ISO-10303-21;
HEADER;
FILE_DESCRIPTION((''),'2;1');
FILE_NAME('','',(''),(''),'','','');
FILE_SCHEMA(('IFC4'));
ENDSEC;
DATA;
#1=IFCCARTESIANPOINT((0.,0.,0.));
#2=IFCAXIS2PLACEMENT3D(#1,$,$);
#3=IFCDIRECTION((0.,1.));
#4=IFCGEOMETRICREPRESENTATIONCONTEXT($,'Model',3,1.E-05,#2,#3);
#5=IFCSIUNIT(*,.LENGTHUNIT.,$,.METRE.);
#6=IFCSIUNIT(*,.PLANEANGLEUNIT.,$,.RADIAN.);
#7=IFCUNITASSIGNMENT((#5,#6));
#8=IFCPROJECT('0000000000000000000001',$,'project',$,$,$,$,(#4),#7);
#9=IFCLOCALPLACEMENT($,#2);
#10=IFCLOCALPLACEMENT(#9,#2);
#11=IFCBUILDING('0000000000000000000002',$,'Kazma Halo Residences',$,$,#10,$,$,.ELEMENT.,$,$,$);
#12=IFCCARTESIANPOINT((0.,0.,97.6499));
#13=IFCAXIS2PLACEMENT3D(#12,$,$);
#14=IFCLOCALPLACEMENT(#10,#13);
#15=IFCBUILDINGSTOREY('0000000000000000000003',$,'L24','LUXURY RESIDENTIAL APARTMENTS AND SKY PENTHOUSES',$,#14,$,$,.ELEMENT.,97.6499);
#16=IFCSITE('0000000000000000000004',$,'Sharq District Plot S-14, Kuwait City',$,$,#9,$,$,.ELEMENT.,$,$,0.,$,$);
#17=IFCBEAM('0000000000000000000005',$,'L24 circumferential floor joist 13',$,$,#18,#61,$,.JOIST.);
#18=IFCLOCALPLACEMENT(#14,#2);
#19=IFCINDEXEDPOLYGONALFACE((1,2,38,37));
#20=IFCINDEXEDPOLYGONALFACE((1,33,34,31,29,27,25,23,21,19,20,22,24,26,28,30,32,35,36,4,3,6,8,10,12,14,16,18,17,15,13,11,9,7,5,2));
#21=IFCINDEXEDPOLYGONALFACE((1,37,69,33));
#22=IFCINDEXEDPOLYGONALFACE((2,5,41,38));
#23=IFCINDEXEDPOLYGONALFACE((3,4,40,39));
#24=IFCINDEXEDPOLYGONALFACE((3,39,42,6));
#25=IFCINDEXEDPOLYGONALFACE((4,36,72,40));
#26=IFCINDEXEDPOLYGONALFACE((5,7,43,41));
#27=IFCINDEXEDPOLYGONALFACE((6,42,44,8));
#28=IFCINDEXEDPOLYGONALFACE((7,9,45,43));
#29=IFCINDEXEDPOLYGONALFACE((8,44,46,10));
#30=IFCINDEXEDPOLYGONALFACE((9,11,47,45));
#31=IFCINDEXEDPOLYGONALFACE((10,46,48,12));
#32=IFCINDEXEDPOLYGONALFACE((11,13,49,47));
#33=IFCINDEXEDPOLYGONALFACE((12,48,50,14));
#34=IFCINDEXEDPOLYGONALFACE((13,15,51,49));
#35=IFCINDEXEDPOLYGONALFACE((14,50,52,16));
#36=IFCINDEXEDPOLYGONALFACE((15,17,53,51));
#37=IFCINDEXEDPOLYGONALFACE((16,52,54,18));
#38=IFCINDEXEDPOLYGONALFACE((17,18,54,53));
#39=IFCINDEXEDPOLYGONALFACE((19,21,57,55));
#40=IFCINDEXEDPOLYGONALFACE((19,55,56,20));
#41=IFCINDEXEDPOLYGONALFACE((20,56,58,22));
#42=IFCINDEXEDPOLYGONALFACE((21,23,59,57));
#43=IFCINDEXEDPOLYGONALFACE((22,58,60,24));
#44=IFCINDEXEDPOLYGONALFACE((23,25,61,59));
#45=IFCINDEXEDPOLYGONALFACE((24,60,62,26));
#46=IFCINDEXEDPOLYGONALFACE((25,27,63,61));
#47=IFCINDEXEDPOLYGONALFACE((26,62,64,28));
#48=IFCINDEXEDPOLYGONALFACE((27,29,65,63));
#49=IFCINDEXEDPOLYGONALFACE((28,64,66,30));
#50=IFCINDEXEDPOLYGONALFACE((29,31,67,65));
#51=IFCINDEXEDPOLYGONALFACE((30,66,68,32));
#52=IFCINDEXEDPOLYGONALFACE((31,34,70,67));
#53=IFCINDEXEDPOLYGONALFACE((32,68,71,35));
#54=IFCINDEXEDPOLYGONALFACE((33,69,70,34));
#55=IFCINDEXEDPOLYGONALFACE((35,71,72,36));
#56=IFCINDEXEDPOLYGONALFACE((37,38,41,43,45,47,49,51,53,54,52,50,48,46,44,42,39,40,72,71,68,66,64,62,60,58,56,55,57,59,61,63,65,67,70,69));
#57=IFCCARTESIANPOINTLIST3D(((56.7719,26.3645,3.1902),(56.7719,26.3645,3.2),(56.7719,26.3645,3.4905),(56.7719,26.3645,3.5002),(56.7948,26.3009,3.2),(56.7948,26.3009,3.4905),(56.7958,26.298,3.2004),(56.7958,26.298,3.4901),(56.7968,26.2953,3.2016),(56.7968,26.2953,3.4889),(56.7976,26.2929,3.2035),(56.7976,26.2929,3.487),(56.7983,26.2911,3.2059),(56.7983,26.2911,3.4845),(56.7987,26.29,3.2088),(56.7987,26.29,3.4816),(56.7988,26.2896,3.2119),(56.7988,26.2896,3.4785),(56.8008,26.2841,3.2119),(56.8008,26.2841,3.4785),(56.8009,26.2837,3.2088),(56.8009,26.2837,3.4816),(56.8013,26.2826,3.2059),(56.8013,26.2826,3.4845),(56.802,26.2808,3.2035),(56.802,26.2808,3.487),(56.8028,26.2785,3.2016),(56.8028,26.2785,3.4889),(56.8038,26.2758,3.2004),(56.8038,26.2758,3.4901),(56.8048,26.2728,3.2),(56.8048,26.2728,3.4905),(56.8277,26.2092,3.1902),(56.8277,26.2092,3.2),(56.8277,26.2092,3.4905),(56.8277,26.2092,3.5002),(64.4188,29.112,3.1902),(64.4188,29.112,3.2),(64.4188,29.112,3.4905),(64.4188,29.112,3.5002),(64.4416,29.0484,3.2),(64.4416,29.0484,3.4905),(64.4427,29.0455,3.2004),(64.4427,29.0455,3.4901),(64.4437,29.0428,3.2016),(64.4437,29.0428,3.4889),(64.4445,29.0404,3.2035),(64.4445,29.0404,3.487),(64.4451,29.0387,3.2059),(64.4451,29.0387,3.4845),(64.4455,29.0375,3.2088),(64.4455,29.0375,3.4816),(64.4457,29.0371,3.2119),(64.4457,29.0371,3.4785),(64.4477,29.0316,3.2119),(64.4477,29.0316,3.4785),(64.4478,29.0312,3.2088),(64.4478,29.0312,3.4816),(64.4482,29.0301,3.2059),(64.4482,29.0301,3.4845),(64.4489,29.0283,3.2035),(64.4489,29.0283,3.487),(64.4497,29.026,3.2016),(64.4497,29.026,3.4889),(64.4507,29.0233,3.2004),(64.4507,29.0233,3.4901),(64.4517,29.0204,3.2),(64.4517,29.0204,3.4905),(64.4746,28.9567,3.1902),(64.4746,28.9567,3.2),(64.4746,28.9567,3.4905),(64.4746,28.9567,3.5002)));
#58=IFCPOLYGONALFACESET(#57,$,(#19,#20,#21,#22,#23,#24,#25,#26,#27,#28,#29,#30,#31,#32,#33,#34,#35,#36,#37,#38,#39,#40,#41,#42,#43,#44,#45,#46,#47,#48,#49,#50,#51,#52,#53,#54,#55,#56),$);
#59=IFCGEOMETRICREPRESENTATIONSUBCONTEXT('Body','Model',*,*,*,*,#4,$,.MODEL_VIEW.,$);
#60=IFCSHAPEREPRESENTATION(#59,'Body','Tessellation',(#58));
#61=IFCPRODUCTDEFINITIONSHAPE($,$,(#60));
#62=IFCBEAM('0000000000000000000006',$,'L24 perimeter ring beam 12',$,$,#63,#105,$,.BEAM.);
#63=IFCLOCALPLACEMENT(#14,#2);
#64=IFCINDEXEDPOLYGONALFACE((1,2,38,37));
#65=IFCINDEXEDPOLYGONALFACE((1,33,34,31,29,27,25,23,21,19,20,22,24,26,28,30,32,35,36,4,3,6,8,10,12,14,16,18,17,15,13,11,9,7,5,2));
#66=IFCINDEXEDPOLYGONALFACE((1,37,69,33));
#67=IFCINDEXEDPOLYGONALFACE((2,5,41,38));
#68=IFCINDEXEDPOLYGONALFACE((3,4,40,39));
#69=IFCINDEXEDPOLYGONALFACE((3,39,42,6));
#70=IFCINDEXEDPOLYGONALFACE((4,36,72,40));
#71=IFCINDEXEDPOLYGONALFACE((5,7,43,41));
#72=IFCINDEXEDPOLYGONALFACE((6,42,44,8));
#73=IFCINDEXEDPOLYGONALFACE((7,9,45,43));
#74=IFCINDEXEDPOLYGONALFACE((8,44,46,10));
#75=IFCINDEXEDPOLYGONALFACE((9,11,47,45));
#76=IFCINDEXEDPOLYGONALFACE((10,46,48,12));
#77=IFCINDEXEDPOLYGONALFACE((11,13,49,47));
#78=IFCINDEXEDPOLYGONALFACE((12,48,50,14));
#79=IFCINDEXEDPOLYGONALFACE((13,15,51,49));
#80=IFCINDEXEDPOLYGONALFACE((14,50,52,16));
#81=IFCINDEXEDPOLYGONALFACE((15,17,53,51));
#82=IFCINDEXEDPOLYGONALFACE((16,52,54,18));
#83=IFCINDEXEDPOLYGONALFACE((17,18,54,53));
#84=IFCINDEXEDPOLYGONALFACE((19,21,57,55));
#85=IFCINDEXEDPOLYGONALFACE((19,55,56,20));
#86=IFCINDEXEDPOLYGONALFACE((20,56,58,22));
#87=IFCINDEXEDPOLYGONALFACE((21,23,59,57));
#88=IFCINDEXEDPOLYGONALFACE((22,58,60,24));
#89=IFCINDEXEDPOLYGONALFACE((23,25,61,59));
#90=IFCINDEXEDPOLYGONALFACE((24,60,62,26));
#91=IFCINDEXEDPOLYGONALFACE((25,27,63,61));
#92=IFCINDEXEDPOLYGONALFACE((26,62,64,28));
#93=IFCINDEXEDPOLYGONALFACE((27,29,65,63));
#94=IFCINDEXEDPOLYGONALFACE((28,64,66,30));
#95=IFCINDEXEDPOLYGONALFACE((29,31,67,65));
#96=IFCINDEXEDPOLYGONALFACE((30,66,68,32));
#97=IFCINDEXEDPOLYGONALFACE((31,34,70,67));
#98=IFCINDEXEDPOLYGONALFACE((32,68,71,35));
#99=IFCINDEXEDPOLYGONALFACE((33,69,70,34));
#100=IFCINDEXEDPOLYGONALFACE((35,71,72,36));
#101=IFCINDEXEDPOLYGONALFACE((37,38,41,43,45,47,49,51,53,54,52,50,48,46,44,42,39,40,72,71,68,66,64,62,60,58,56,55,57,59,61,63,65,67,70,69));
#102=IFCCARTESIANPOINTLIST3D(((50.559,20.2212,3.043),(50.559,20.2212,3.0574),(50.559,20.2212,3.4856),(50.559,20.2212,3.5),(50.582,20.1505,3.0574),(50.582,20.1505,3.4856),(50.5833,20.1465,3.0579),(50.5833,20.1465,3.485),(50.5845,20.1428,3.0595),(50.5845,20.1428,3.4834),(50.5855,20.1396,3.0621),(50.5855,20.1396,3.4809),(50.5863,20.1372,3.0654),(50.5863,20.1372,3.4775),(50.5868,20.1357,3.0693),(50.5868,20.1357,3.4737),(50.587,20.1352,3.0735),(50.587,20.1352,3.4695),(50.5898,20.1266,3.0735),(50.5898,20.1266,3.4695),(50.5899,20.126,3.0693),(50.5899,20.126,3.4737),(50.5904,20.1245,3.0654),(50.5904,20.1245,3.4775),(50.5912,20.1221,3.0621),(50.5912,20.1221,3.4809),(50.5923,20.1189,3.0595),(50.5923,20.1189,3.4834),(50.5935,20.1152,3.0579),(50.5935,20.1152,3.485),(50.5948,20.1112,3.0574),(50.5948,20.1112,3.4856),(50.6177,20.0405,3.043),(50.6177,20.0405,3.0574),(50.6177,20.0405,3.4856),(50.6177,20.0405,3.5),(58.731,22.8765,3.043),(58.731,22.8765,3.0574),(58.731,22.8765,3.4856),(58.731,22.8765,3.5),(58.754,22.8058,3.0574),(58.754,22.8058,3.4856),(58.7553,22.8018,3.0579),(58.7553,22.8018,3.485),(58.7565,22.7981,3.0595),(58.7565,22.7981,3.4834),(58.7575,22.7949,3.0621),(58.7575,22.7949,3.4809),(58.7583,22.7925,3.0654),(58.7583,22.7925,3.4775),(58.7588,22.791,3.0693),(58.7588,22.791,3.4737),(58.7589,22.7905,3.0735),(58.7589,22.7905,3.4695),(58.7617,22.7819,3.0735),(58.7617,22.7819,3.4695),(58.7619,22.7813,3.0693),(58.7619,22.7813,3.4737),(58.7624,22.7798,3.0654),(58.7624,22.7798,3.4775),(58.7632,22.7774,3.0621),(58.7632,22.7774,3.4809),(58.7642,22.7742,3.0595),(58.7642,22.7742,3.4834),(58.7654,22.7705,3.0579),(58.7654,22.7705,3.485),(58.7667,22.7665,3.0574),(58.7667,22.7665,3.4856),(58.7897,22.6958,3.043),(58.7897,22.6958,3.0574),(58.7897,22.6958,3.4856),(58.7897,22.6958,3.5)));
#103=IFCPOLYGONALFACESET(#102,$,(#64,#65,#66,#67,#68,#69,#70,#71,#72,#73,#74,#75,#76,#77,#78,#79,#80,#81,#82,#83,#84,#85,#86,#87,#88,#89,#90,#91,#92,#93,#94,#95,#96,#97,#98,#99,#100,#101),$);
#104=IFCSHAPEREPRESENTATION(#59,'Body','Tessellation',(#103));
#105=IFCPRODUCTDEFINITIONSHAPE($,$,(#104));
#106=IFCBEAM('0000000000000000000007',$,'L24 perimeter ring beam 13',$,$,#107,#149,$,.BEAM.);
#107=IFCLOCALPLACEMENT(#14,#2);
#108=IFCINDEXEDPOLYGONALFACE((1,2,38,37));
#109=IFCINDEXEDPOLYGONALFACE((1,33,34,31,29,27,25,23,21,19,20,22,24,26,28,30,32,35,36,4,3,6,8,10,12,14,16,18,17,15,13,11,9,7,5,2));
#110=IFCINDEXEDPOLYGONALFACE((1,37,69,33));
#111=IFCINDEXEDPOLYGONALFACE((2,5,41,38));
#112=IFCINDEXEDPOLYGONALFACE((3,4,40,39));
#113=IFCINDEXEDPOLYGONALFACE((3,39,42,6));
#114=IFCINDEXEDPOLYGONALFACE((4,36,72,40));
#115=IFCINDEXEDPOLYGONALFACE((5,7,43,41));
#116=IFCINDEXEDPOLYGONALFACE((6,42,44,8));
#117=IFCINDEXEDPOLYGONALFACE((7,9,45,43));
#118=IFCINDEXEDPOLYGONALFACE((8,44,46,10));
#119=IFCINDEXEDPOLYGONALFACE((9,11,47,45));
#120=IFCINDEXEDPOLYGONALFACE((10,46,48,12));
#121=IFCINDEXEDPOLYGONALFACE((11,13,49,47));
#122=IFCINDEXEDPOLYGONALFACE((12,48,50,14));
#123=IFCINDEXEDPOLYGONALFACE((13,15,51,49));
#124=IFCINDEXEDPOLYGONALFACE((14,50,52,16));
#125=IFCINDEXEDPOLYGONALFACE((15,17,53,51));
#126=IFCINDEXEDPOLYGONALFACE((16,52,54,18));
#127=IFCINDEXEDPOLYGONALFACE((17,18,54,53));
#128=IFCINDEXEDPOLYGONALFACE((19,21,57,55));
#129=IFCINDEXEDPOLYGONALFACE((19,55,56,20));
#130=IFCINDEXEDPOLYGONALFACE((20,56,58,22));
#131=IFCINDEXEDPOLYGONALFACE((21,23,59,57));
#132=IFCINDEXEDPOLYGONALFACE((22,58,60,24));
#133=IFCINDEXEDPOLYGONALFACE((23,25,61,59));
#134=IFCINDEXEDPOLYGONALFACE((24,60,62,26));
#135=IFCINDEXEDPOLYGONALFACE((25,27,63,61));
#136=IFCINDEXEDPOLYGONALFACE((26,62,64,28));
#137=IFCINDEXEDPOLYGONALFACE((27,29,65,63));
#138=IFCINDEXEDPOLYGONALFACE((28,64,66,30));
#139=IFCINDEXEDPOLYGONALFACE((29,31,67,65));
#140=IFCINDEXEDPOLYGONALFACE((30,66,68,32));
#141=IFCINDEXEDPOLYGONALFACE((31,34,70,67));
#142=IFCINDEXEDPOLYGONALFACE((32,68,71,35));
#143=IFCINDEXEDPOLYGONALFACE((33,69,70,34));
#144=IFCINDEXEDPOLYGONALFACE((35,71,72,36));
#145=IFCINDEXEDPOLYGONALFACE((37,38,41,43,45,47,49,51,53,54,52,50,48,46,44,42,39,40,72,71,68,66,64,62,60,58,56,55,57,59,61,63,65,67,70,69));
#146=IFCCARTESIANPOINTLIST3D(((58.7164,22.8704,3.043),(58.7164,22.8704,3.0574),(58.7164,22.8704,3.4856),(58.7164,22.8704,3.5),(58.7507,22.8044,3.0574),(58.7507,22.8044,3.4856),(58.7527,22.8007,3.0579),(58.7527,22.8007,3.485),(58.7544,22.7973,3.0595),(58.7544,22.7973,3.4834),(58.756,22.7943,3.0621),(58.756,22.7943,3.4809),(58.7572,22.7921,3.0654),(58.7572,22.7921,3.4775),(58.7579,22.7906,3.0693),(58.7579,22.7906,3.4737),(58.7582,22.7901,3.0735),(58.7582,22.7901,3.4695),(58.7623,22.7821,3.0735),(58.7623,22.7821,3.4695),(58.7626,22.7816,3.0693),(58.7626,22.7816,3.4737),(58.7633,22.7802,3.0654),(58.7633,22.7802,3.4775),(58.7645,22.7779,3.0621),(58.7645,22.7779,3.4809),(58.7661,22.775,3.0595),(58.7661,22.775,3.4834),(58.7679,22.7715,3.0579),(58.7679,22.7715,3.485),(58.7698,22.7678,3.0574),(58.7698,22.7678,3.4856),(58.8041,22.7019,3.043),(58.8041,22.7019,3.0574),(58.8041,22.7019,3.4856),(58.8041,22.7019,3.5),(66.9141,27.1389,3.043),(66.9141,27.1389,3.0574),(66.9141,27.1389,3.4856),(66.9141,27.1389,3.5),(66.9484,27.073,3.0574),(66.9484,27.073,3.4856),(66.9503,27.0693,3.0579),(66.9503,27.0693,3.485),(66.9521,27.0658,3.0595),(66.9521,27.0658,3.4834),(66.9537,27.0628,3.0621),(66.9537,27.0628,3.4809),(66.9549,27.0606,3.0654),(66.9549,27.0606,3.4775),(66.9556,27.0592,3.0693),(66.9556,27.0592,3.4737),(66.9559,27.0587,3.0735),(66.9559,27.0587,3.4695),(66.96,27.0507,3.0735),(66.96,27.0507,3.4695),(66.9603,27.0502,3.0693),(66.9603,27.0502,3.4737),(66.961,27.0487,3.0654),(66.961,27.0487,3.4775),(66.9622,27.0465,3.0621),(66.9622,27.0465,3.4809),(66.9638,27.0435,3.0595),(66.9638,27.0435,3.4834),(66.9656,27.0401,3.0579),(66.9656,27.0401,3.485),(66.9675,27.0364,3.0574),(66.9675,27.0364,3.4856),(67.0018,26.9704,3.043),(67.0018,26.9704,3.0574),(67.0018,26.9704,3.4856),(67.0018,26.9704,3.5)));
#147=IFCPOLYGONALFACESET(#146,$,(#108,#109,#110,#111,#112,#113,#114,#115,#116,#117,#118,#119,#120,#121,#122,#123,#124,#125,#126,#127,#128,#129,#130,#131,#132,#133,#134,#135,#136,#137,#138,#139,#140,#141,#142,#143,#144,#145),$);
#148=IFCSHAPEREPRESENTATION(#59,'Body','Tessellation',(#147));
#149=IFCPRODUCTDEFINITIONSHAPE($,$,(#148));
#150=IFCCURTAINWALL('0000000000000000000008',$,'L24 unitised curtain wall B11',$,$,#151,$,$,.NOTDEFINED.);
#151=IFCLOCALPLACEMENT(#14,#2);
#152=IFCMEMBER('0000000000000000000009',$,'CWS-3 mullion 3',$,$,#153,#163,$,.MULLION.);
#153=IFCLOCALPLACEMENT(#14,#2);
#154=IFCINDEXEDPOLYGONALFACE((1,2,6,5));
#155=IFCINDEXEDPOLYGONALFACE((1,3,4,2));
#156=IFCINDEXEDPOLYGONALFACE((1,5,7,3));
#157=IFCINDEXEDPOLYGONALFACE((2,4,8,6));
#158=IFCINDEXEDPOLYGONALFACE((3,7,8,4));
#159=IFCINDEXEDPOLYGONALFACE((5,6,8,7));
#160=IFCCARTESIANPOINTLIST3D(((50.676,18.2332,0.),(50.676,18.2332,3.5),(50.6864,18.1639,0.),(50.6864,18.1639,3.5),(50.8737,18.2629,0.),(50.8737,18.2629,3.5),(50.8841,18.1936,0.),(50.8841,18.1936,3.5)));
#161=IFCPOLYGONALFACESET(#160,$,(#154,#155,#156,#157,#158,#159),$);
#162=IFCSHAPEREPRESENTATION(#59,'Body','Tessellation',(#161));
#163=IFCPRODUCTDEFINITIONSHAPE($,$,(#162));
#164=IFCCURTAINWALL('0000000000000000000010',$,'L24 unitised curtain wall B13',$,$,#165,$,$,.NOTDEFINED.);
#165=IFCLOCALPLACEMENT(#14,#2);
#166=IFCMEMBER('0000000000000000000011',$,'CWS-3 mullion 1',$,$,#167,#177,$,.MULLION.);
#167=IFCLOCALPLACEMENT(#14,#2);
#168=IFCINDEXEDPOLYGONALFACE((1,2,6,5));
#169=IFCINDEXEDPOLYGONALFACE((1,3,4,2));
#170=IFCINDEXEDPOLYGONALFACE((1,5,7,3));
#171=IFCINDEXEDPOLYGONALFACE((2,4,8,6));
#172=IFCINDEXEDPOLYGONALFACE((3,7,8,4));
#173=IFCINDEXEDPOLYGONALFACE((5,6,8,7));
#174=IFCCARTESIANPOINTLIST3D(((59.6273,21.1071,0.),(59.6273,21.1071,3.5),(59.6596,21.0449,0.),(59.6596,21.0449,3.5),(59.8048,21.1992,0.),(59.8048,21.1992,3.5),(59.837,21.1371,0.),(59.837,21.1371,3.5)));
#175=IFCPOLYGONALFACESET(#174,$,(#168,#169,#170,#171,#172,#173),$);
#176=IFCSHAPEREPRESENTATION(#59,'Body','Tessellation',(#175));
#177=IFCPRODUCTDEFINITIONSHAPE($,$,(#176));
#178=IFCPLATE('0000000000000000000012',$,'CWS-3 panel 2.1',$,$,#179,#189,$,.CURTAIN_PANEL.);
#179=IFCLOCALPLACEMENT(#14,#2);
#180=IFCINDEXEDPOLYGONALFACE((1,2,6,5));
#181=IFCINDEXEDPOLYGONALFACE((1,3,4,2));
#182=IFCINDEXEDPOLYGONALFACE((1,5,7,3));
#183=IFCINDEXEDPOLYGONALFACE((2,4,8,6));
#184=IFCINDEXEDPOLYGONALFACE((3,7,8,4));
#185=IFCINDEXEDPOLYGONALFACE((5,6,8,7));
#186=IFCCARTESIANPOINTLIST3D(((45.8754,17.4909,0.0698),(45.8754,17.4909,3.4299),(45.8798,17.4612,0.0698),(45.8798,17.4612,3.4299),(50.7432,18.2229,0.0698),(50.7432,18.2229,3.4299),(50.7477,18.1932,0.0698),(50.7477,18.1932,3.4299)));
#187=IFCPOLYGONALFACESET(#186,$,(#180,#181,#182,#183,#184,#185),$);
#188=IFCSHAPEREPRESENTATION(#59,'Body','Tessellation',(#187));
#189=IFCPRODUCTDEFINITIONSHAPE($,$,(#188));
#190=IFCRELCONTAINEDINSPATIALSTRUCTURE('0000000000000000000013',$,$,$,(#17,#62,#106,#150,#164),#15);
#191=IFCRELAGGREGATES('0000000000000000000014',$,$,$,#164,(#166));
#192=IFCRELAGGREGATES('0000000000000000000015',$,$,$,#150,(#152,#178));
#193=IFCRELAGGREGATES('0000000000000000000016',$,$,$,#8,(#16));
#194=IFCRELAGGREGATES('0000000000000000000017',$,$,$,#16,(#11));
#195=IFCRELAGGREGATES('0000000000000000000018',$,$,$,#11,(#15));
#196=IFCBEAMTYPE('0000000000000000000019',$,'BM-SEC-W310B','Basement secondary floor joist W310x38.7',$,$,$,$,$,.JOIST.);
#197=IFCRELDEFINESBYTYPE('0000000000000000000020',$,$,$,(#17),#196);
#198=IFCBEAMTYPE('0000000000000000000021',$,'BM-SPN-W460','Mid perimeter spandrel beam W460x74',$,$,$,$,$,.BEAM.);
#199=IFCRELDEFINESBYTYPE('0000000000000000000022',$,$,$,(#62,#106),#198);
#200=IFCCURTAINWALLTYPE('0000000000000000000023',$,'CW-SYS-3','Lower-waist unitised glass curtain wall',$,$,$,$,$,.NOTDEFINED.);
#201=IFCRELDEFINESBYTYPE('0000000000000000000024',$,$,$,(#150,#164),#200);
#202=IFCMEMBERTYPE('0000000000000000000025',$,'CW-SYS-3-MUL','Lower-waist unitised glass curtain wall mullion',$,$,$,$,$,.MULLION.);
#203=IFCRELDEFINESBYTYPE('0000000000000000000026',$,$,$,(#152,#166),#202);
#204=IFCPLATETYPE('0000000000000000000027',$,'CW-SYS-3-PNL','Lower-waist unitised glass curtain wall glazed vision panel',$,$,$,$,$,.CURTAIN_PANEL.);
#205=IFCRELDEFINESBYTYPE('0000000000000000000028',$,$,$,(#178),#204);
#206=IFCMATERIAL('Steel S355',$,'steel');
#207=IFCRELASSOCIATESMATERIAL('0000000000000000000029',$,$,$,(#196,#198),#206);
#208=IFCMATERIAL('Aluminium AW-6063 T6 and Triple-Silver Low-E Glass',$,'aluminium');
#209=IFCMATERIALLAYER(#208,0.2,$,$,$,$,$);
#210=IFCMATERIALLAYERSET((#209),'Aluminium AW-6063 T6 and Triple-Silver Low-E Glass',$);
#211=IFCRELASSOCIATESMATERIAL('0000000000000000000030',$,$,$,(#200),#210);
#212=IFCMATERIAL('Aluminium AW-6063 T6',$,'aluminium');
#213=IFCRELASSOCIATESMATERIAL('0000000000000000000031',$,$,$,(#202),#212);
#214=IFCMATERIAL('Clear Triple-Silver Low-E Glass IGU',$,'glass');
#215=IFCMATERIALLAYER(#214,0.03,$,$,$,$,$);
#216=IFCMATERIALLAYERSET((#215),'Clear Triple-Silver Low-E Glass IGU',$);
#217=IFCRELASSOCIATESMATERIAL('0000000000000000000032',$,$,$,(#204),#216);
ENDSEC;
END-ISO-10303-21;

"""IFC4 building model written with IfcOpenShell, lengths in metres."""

from ifc_helpers import new_model, si_unit, direction, frame, origin, origin_2d, place, context, subcontext, project, spatial, rectangle, i_section, extrude, material, layer, layer_set, material_profile, profile_set, type_object, element, aggregate, save


model = new_model("IFC4")

# Units and contexts
model_context = context("Model", 3, precision=1e-05, world=origin(), true_north=direction((0.0, 1.0)))
body_context = subcontext(model_context, "Body", "Model", "MODEL_VIEW")
ifc_project = project(units=[si_unit("LENGTHUNIT", "METRE"), si_unit("PLANEANGLEUNIT", "RADIAN")], contexts=[model_context])

# Site, building, storey
site_placement = place(None, origin())
site = spatial("IfcSite", under=ifc_project, at=site_placement, Name="Sharq District Plot S-14, Kuwait City", CompositionType="ELEMENT", RefElevation=0.0)
building_placement = place(site_placement, origin())
building = spatial("IfcBuilding", under=site, at=building_placement, Name="Kazma Halo Residences", CompositionType="ELEMENT")
storey_placement = place(building_placement, frame((0.0, 0.0, 97.6499)))
storey = spatial("IfcBuildingStorey", under=building, at=storey_placement, Name="L24", Description="LUXURY RESIDENTIAL APARTMENTS AND SKY PENTHOUSES", CompositionType="ELEMENT", Elevation=97.6499)

# Beams
ifc_material_1 = material(Name="Steel S355", Category="steel")
ifc_material_profile_1 = material_profile(ifc_material_1, i_section(OverallWidth=0.165, OverallDepth=0.3101, WebThickness=0.0059, FlangeThickness=0.0098, FilletRadius=0.012, at=origin_2d()), Name="W310x38.7")
ifc_profile_set_1 = profile_set([ifc_material_profile_1], Name="Steel S355")
beam_type_1 = type_object("IfcBeamType", Name="BM-SEC-W310B", Description="Basement secondary floor joist W310x38.7", PredefinedType="JOIST", material=ifc_profile_set_1)
beam_1_placement = place(storey_placement, frame((56.7998, 26.2869, 3.3452), z_axis=(0.941097, 0.338136, 0.0), x_axis=(-0.338136, 0.941097, 0.0)))
element("IfcBeam", 1, at=beam_1_placement, inside=storey, type_object=beam_type_1, Name="L24 circumferential floor joist 13", PredefinedType="JOIST", context=body_context, shape_type="SweptSolid", body=[
    extrude(i_section(OverallWidth=0.165, OverallDepth=0.3101, WebThickness=0.0059, FlangeThickness=0.0098, FilletRadius=0.012, at=origin_2d()), origin(), (0.0, 0.0, 1.0), 8.1255),
])
ifc_material_profile_2 = material_profile(ifc_material_1, i_section(OverallWidth=0.1899, OverallDepth=0.457, WebThickness=0.009, FlangeThickness=0.0144, FilletRadius=0.0161, at=origin_2d()), Name="W460x74")
ifc_profile_set_2 = profile_set([ifc_material_profile_2], Name="Steel S355")
beam_type_2 = type_object("IfcBeamType", Name="BM-SPN-W460", Description="Mid perimeter spandrel beam W460x74", PredefinedType="BEAM", material=ifc_profile_set_2)
beam_2_placement = place(storey_placement, frame((50.5884, 20.1309, 3.2715), z_axis=(0.951054, 0.309024, 0.0), x_axis=(-0.309024, 0.951054, 0.0)))
element("IfcBeam", 2, at=beam_2_placement, inside=storey, type_object=beam_type_2, Name="L24 perimeter ring beam 12", PredefinedType="BEAM", context=body_context, shape_type="SweptSolid", body=[
    extrude(i_section(OverallWidth=0.1899, OverallDepth=0.457, WebThickness=0.009, FlangeThickness=0.0144, FilletRadius=0.0161, at=origin_2d()), origin(), (0.0, 0.0, 1.0), 8.5925),
])
beam_3_placement = place(storey_placement, frame((58.7603, 22.7861, 3.2715), z_axis=(0.886963, 0.46184, 0.0), x_axis=(-0.46184, 0.886963, 0.0)))
element("IfcBeam", 3, at=beam_3_placement, inside=storey, type_object=beam_type_2, Name="L24 perimeter ring beam 13", PredefinedType="BEAM", context=body_context, shape_type="SweptSolid", body=[
    extrude(i_section(OverallWidth=0.1899, OverallDepth=0.457, WebThickness=0.009, FlangeThickness=0.0144, FilletRadius=0.0161, at=origin_2d()), origin(), (0.0, 0.0, 1.0), 9.2424),
])

# Curtain walls, members
ifc_material_2 = material(Name="Aluminium AW-6063 T6 and Triple-Silver Low-E Glass", Category="aluminium")
ifc_layer_1 = layer(ifc_material_2, 0.2)
ifc_layer_set_1 = layer_set([ifc_layer_1], Name="Aluminium AW-6063 T6 and Triple-Silver Low-E Glass")
curtain_wall_type = type_object("IfcCurtainWallType", Name="CW-SYS-3", Description="Lower-waist unitised glass curtain wall", PredefinedType="NOTDEFINED", material=ifc_layer_set_1)
curtain_wall_1_placement = place(storey_placement, origin())
curtain_wall_1 = element("IfcCurtainWall", 4, at=curtain_wall_1_placement, inside=storey, type_object=curtain_wall_type, Name="L24 unitised curtain wall B11", PredefinedType="NOTDEFINED")
ifc_material_3 = material(Name="Aluminium AW-6063 T6", Category="aluminium")
ifc_material_profile_3 = material_profile(ifc_material_3, rectangle(XDim=0.0701, YDim=0.2, at=origin_2d()), Name="CWM-70x200")
ifc_profile_set_3 = profile_set([ifc_material_profile_3], Name="Aluminium AW-6063 T6")
member_type = type_object("IfcMemberType", Name="CW-SYS-3-MUL", Description="Lower-waist unitised glass curtain wall mullion", PredefinedType="MULLION", material=ifc_profile_set_3)
member_1_placement = place(storey_placement, frame((50.78, 18.2134, 0.0), z_axis=(0.0, 0.0, 1.0), x_axis=(-0.148717, 0.98888, 0.0)))
member_1 = element("IfcMember", 5, at=member_1_placement, type_object=member_type, Name="CWS-3 mullion 3", PredefinedType="MULLION", context=body_context, shape_type="SweptSolid", body=[
    extrude(rectangle(XDim=0.0701, YDim=0.2, at=origin_2d()), origin(), (0.0, 0.0, 1.0), 3.5),
])
curtain_wall_2_placement = place(storey_placement, origin())
curtain_wall_2 = element("IfcCurtainWall", 6, at=curtain_wall_2_placement, inside=storey, type_object=curtain_wall_type, Name="L24 unitised curtain wall B13", PredefinedType="NOTDEFINED")
member_2_placement = place(storey_placement, frame((59.7322, 21.1221, 0.0), z_axis=(0.0, 0.0, 1.0), x_axis=(-0.460932, 0.887435, 0.0)))
member_2 = element("IfcMember", 7, at=member_2_placement, type_object=member_type, Name="CWS-3 mullion 1", PredefinedType="MULLION", context=body_context, shape_type="SweptSolid", body=[
    extrude(rectangle(XDim=0.0701, YDim=0.2, at=origin_2d()), origin(), (0.0, 0.0, 1.0), 3.5),
])
aggregate(curtain_wall_2, [member_2])

# Plate
ifc_material_4 = material(Name="Clear Triple-Silver Low-E Glass IGU", Category="glass")
ifc_layer_2 = layer(ifc_material_4, 0.03)
ifc_layer_set_2 = layer_set([ifc_layer_2], Name="Clear Triple-Silver Low-E Glass IGU")
plate_type = type_object("IfcPlateType", Name="CW-SYS-3-PNL", Description="Lower-waist unitised glass curtain wall glazed vision panel", PredefinedType="CURTAIN_PANEL", material=ifc_layer_set_2)
plate_placement = place(storey_placement, frame((48.3115, 17.842, 0.0698), z_axis=(0.0, 0.0, 1.0), x_axis=(0.98888, 0.148717, 0.0)))
plate = element("IfcPlate", 8, at=plate_placement, type_object=plate_type, Name="CWS-3 panel 2.1", PredefinedType="CURTAIN_PANEL", context=body_context, shape_type="SweptSolid", body=[
    extrude(rectangle(XDim=4.9226, YDim=0.03, at=origin_2d()), origin(), (0.0, 0.0, 1.0), 3.3601),
])
aggregate(curtain_wall_1, [member_1, plate])

save(model, "model.ifc")
